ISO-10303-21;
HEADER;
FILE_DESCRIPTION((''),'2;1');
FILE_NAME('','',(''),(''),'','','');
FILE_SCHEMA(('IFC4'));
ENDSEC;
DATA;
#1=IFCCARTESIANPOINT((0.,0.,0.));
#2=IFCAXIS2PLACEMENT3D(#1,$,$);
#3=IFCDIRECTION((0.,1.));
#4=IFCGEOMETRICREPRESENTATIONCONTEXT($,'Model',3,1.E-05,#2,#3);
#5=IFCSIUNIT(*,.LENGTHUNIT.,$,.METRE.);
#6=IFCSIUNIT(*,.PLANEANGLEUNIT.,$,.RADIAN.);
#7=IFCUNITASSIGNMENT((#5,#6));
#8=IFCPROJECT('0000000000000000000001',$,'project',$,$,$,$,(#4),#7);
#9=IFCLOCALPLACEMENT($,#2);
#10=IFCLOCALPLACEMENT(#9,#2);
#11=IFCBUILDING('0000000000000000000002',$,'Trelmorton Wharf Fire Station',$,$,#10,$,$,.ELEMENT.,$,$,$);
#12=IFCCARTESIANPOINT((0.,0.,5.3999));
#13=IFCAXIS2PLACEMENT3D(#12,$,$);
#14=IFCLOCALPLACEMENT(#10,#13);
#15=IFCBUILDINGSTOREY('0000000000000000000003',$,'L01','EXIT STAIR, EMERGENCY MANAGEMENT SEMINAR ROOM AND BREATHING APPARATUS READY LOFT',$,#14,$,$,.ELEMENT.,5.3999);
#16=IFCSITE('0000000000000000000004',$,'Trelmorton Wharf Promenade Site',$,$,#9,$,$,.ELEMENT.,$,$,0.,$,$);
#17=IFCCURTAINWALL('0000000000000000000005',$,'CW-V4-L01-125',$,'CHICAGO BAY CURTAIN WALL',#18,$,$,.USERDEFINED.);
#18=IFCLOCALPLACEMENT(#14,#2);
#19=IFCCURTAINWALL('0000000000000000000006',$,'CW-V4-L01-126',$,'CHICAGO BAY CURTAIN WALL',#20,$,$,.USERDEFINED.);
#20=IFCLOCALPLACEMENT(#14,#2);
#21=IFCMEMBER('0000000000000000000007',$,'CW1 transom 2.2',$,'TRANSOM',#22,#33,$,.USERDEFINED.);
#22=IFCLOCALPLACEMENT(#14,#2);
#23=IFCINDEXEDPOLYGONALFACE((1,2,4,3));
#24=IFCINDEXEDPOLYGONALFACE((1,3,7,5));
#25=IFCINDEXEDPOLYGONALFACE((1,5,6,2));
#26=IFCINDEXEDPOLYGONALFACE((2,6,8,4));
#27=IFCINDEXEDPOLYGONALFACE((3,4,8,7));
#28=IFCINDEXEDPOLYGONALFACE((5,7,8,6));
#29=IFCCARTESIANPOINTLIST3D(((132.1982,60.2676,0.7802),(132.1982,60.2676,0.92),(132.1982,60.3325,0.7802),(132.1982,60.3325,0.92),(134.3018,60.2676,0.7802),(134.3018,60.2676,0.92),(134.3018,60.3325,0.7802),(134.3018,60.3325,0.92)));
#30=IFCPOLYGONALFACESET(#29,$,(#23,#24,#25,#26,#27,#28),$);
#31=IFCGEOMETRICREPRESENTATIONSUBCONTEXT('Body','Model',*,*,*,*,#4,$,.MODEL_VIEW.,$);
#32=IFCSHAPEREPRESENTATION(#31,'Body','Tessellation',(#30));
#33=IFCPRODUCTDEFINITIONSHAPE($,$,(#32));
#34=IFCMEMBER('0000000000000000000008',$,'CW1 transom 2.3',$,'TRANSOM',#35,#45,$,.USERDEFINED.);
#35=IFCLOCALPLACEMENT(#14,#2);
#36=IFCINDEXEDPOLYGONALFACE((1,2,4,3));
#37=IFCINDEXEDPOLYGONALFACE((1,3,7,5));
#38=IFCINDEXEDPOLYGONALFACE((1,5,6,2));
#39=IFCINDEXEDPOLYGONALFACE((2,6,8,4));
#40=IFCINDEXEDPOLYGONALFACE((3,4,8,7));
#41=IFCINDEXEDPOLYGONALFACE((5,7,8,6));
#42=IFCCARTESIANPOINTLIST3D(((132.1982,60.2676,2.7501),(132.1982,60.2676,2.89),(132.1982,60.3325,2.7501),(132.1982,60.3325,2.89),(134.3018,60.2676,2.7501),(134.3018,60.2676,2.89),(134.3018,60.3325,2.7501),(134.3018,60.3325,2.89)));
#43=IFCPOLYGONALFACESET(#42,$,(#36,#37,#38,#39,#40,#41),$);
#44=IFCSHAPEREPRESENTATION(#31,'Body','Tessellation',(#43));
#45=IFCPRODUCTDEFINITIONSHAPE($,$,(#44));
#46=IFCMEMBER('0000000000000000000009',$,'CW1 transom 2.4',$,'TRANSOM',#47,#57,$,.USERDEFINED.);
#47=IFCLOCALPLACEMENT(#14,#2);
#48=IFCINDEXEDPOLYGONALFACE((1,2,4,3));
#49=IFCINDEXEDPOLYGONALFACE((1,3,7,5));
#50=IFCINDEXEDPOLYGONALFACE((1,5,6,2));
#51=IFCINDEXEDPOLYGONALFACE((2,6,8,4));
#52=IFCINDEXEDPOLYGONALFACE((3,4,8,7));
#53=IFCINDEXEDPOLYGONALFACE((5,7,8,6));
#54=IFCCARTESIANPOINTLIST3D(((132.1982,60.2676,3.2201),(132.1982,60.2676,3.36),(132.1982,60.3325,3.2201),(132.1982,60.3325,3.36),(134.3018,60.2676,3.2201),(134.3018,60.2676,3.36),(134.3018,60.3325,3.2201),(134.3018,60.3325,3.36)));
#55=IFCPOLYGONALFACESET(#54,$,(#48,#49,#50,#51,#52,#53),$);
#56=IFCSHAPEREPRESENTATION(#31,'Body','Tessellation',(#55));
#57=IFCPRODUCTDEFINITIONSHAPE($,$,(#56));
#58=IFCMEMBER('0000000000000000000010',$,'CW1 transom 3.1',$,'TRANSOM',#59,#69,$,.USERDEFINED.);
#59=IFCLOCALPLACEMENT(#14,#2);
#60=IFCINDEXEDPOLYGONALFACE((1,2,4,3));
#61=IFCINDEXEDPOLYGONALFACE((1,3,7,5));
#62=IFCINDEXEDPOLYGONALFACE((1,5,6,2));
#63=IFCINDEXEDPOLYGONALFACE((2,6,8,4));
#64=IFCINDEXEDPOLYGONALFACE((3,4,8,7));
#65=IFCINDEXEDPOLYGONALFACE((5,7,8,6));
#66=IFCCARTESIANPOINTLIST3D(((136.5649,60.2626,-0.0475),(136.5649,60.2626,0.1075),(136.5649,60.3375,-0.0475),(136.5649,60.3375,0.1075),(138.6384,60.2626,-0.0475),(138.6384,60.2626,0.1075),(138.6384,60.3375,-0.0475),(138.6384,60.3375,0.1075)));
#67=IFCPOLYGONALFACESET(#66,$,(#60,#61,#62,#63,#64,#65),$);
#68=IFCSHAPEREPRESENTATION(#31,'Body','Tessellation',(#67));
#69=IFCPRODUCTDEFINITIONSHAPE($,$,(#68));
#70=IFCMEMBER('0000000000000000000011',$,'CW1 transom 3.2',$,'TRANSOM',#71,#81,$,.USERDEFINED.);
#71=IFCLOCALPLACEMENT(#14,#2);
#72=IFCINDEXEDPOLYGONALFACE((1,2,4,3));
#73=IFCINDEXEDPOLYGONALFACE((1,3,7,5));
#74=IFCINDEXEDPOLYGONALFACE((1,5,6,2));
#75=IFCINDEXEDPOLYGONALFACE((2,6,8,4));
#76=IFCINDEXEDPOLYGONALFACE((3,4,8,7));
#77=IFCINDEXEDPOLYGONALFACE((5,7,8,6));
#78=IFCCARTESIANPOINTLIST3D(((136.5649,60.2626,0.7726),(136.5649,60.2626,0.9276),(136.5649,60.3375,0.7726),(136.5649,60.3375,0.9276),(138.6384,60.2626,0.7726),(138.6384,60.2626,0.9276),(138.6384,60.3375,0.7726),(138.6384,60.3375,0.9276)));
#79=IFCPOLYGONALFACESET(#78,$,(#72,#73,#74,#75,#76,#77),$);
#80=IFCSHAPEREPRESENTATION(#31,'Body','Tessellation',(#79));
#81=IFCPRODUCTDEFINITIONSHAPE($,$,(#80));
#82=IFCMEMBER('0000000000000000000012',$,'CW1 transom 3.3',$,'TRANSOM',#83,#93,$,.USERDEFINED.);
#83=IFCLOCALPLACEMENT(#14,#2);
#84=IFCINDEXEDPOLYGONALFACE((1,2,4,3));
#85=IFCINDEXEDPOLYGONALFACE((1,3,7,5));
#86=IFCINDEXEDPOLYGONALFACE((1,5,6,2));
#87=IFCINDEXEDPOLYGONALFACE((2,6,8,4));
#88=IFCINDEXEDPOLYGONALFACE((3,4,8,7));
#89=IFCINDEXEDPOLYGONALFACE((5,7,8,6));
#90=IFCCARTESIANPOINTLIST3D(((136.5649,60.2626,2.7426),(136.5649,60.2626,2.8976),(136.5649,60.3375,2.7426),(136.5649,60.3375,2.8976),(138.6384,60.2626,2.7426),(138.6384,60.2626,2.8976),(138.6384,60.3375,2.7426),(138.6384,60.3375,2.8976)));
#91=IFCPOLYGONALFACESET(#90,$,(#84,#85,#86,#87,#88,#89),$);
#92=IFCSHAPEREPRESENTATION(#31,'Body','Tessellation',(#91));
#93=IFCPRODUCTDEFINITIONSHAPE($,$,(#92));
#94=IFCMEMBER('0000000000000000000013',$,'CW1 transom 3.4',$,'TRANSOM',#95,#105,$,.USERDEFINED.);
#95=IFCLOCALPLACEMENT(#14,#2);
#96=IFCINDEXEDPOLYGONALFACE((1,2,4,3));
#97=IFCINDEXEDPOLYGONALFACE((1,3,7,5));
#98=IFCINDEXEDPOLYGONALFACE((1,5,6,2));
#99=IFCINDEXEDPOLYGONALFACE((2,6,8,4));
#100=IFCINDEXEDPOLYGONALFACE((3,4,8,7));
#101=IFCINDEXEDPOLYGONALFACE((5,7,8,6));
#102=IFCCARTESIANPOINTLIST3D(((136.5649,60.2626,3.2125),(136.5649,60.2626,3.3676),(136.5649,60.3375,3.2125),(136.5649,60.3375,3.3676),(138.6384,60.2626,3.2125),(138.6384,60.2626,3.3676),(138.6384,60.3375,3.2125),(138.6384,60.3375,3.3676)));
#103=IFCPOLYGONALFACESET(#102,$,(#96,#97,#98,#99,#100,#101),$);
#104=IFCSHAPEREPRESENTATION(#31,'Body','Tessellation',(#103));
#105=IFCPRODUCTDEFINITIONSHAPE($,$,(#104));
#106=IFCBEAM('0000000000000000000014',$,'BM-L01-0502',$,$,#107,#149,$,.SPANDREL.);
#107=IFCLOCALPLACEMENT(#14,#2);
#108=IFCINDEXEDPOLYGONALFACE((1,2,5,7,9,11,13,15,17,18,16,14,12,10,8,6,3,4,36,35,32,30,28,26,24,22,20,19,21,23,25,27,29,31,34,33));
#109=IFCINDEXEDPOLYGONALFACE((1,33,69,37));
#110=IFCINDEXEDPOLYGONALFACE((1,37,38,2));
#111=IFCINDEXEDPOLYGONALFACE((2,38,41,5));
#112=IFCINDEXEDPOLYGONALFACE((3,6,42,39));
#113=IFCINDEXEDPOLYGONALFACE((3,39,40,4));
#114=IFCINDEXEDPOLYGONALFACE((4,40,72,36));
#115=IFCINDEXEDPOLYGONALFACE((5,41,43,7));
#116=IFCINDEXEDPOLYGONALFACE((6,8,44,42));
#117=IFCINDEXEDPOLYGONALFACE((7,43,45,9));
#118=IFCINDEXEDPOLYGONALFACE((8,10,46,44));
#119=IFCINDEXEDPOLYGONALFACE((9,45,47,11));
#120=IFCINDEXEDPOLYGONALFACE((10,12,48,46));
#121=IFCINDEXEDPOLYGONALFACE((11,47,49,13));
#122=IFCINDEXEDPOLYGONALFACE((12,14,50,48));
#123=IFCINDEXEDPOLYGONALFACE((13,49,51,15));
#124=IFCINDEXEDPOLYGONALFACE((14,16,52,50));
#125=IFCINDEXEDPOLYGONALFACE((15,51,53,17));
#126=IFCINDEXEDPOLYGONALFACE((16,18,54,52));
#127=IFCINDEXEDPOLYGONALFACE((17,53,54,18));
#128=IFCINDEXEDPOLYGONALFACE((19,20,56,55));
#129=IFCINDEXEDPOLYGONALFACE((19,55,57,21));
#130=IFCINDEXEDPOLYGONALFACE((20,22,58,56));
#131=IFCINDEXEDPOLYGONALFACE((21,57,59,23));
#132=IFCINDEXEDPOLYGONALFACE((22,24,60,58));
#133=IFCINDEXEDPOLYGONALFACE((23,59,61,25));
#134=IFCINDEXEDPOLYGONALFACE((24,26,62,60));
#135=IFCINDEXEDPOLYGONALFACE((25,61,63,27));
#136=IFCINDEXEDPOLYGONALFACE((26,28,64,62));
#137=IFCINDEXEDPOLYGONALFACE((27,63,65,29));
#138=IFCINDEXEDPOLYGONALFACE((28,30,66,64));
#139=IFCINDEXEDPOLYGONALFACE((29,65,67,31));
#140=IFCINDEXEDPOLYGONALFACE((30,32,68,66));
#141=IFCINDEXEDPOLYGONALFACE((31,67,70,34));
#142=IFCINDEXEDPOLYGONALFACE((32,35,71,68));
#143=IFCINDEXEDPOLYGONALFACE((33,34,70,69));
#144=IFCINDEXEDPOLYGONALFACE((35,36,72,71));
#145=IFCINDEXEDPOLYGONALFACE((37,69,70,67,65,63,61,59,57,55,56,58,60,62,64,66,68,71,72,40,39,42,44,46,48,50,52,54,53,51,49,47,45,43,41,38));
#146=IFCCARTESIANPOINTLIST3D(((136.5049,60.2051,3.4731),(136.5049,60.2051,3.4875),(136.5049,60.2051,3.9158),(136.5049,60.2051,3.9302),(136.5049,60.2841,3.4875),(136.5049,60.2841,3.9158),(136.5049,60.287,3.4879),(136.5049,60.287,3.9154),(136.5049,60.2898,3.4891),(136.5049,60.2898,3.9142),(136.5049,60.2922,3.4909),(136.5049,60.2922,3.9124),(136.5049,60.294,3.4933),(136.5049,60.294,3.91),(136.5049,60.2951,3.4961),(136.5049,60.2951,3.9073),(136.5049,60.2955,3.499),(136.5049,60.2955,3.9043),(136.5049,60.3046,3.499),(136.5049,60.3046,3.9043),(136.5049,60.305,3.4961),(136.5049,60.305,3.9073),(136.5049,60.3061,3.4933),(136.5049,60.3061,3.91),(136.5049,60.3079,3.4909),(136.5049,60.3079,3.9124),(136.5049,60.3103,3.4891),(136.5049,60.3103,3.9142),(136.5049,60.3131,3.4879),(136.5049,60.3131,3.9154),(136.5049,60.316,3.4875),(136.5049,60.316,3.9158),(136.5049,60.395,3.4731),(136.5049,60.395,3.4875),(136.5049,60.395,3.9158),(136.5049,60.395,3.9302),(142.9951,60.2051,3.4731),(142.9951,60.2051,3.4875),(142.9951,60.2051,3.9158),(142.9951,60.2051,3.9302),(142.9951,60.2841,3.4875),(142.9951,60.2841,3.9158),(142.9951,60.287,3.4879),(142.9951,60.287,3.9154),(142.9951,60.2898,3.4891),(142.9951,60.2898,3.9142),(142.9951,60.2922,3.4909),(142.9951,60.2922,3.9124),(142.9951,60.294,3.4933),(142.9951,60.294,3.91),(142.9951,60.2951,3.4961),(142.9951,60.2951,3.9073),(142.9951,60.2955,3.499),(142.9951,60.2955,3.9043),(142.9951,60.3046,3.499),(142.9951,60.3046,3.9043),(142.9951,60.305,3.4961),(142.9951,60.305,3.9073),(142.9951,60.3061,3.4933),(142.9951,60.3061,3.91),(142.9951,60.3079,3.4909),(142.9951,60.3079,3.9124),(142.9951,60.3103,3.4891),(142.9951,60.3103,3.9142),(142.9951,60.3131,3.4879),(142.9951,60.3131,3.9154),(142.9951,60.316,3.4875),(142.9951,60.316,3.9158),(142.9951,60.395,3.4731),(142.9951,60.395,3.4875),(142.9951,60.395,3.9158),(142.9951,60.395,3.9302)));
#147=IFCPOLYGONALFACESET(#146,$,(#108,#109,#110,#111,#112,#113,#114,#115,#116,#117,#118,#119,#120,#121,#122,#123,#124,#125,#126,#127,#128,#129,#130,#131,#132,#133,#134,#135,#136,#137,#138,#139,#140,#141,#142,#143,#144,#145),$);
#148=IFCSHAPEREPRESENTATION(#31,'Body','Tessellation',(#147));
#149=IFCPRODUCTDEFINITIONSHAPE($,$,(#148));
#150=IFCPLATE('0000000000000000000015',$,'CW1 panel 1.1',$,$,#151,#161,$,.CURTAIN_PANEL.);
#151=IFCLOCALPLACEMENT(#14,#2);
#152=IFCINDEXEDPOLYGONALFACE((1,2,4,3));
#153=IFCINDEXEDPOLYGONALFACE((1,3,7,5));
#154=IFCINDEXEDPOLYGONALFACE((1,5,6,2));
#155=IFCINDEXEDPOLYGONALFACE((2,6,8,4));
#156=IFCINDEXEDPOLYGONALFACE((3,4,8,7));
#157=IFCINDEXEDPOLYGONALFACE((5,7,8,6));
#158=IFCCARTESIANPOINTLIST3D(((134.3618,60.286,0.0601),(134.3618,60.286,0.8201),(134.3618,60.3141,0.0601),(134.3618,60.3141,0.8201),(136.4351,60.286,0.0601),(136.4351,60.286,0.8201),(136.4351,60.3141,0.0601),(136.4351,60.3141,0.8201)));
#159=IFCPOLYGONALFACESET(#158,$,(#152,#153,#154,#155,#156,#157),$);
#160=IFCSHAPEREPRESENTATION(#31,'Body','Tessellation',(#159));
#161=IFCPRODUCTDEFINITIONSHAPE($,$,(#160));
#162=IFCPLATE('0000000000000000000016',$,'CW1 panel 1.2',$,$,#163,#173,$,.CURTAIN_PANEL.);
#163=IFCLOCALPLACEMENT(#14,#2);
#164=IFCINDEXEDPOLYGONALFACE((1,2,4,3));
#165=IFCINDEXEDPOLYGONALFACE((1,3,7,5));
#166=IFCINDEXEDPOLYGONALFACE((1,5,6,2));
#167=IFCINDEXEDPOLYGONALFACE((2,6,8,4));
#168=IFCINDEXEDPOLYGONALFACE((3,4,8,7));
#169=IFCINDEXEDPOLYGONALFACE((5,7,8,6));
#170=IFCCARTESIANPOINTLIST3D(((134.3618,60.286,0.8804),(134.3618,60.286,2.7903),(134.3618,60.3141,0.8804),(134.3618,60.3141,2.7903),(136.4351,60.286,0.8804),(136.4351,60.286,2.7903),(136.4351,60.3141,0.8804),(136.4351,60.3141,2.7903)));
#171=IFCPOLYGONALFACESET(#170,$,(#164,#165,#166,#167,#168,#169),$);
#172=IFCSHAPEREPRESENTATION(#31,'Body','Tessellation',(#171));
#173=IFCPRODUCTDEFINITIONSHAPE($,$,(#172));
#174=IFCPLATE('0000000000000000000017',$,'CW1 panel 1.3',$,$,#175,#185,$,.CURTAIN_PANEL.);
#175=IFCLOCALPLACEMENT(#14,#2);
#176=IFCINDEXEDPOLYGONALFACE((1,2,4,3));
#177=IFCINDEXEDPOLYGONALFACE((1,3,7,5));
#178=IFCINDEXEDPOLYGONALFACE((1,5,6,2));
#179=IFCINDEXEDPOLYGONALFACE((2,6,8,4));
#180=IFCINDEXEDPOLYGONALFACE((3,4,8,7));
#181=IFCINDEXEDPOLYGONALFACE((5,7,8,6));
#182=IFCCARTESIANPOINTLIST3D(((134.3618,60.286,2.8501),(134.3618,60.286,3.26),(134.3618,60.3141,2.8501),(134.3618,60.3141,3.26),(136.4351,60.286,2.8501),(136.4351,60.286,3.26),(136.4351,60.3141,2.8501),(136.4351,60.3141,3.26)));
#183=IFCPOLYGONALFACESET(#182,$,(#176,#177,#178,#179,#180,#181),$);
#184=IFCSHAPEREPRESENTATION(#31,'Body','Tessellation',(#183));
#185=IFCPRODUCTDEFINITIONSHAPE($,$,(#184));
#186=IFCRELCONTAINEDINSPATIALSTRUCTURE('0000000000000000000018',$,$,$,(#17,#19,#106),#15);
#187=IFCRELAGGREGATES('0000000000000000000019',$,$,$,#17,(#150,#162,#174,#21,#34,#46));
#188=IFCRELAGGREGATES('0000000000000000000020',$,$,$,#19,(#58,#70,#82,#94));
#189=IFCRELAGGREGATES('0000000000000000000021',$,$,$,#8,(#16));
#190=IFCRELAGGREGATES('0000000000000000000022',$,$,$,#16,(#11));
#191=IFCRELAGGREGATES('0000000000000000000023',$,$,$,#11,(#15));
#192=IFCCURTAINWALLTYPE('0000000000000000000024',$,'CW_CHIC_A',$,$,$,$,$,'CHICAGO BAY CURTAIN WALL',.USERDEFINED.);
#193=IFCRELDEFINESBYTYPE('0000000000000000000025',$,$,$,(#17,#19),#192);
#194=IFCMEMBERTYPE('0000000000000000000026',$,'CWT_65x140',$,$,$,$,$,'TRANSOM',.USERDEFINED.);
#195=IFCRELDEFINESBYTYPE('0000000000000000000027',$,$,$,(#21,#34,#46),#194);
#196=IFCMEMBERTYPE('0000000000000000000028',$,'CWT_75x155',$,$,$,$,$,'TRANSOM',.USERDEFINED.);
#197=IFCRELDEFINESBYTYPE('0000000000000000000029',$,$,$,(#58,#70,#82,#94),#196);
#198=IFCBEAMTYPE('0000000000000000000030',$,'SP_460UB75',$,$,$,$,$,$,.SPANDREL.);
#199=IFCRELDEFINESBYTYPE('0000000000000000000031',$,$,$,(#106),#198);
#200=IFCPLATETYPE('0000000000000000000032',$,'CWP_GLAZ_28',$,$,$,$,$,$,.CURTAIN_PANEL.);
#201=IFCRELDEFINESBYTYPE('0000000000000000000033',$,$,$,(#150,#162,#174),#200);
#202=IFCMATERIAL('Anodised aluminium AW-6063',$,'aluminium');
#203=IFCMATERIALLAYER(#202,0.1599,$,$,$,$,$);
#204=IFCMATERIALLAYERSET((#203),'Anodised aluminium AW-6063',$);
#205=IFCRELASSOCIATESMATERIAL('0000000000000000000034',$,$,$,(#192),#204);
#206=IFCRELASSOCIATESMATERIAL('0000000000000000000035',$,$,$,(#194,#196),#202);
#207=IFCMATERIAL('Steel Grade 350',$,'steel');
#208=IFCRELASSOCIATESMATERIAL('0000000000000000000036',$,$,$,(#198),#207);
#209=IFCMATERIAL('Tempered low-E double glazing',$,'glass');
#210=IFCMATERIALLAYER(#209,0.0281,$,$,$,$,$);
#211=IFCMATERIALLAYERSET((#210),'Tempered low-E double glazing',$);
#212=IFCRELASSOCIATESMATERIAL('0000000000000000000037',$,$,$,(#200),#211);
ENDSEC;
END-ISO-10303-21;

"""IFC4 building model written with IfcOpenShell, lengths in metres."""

from ifc_helpers import new_model, si_unit, direction, frame, origin, origin_2d, place, context, subcontext, project, spatial, rectangle, i_section, extrude, material, layer, layer_set, material_profile, profile_set, type_object, element, aggregate, save


model = new_model("IFC4")

# Units and contexts
model_context = context("Model", 3, precision=1e-05, world=origin(), true_north=direction((0.0, 1.0)))
body_context = subcontext(model_context, "Body", "Model", "MODEL_VIEW")
ifc_project = project(units=[si_unit("LENGTHUNIT", "METRE"), si_unit("PLANEANGLEUNIT", "RADIAN")], contexts=[model_context])

# Site, building, storey
site_placement = place(None, origin())
site = spatial("IfcSite", under=ifc_project, at=site_placement, Name="Trelmorton Wharf Promenade Site", CompositionType="ELEMENT", RefElevation=0.0)
building_placement = place(site_placement, origin())
building = spatial("IfcBuilding", under=site, at=building_placement, Name="Trelmorton Wharf Fire Station", CompositionType="ELEMENT")
storey_placement = place(building_placement, frame((0.0, 0.0, 5.3999)))
storey = spatial("IfcBuildingStorey", under=building, at=storey_placement, Name="L01", Description="EXIT STAIR, EMERGENCY MANAGEMENT SEMINAR ROOM AND BREATHING APPARATUS READY LOFT", CompositionType="ELEMENT", Elevation=5.3999)

# Shared definitions
ifc_material_1 = material(Name="Steel Grade 350", Category="steel")

# Curtain walls
ifc_material_2 = material(Name="Anodised aluminium AW-6063", Category="aluminium")
ifc_layer_1 = layer(ifc_material_2, 0.1599)
ifc_layer_set_1 = layer_set([ifc_layer_1], Name="Anodised aluminium AW-6063")
curtain_wall_type = type_object("IfcCurtainWallType", Name="CW_CHIC_A", ElementType="CHICAGO BAY CURTAIN WALL", PredefinedType="USERDEFINED", material=ifc_layer_set_1)
curtain_wall_1_placement = place(storey_placement, origin())
curtain_wall_1 = element("IfcCurtainWall", 1, at=curtain_wall_1_placement, inside=storey, type_object=curtain_wall_type, Name="CW-V4-L01-125", ObjectType="CHICAGO BAY CURTAIN WALL", PredefinedType="USERDEFINED")
curtain_wall_2_placement = place(storey_placement, origin())
curtain_wall_2 = element("IfcCurtainWall", 2, at=curtain_wall_2_placement, inside=storey, type_object=curtain_wall_type, Name="CW-V4-L01-126", ObjectType="CHICAGO BAY CURTAIN WALL", PredefinedType="USERDEFINED")

# Members
ifc_material_profile_1 = material_profile(ifc_material_2, rectangle(XDim=0.0649, YDim=0.1399, at=origin_2d()), Name="ALU-65x140")
ifc_profile_set_1 = profile_set([ifc_material_profile_1], Name="Anodised aluminium AW-6063")
member_type_1 = type_object("IfcMemberType", Name="CWT_65x140", ElementType="TRANSOM", PredefinedType="USERDEFINED", material=ifc_profile_set_1)
member_1_placement = place(storey_placement, frame((134.3018, 60.3, 0.8501), z_axis=(-1.0, 0.0, 0.0), x_axis=(0.0, -1.0, 0.0)))
member_1 = element("IfcMember", 3, at=member_1_placement, type_object=member_type_1, Name="CW1 transom 2.2", ObjectType="TRANSOM", PredefinedType="USERDEFINED", context=body_context, shape_type="SweptSolid", body=[
    extrude(rectangle(XDim=0.0649, YDim=0.1399, at=origin_2d()), origin(), (0.0, 0.0, 1.0), 2.1035),
])
member_2_placement = place(storey_placement, frame((134.3018, 60.3, 2.8201), z_axis=(-1.0, 0.0, 0.0), x_axis=(0.0, -1.0, 0.0)))
member_2 = element("IfcMember", 4, at=member_2_placement, type_object=member_type_1, Name="CW1 transom 2.3", ObjectType="TRANSOM", PredefinedType="USERDEFINED", context=body_context, shape_type="SweptSolid", body=[
    extrude(rectangle(XDim=0.0649, YDim=0.1399, at=origin_2d()), origin(), (0.0, 0.0, 1.0), 2.1035),
])
member_3_placement = place(storey_placement, frame((134.3018, 60.3, 3.29), z_axis=(-1.0, 0.0, 0.0), x_axis=(0.0, -1.0, 0.0)))
member_3 = element("IfcMember", 5, at=member_3_placement, type_object=member_type_1, Name="CW1 transom 2.4", ObjectType="TRANSOM", PredefinedType="USERDEFINED", context=body_context, shape_type="SweptSolid", body=[
    extrude(rectangle(XDim=0.0649, YDim=0.1399, at=origin_2d()), origin(), (0.0, 0.0, 1.0), 2.1035),
])
ifc_material_profile_2 = material_profile(ifc_material_2, rectangle(XDim=0.075, YDim=0.155, at=origin_2d()), Name="ALU-75x155")
ifc_profile_set_2 = profile_set([ifc_material_profile_2], Name="Anodised aluminium AW-6063")
member_type_2 = type_object("IfcMemberType", Name="CWT_75x155", ElementType="TRANSOM", PredefinedType="USERDEFINED", material=ifc_profile_set_2)
member_4_placement = place(storey_placement, frame((138.6384, 60.3, 0.03), z_axis=(-1.0, 0.0, 0.0), x_axis=(0.0, -1.0, 0.0)))
member_4 = element("IfcMember", 6, at=member_4_placement, type_object=member_type_2, Name="CW1 transom 3.1", ObjectType="TRANSOM", PredefinedType="USERDEFINED", context=body_context, shape_type="SweptSolid", body=[
    extrude(rectangle(XDim=0.075, YDim=0.155, at=origin_2d()), origin(), (0.0, 0.0, 1.0), 2.0735),
])
member_5_placement = place(storey_placement, frame((138.6384, 60.3, 0.8501), z_axis=(-1.0, 0.0, 0.0), x_axis=(0.0, -1.0, 0.0)))
member_5 = element("IfcMember", 7, at=member_5_placement, type_object=member_type_2, Name="CW1 transom 3.2", ObjectType="TRANSOM", PredefinedType="USERDEFINED", context=body_context, shape_type="SweptSolid", body=[
    extrude(rectangle(XDim=0.075, YDim=0.155, at=origin_2d()), origin(), (0.0, 0.0, 1.0), 2.0735),
])
member_6_placement = place(storey_placement, frame((138.6384, 60.3, 2.8201), z_axis=(-1.0, 0.0, 0.0), x_axis=(0.0, -1.0, 0.0)))
member_6 = element("IfcMember", 8, at=member_6_placement, type_object=member_type_2, Name="CW1 transom 3.3", ObjectType="TRANSOM", PredefinedType="USERDEFINED", context=body_context, shape_type="SweptSolid", body=[
    extrude(rectangle(XDim=0.075, YDim=0.155, at=origin_2d()), origin(), (0.0, 0.0, 1.0), 2.0735),
])
member_7_placement = place(storey_placement, frame((138.6384, 60.3, 3.29), z_axis=(-1.0, 0.0, 0.0), x_axis=(0.0, -1.0, 0.0)))
member_7 = element("IfcMember", 9, at=member_7_placement, type_object=member_type_2, Name="CW1 transom 3.4", ObjectType="TRANSOM", PredefinedType="USERDEFINED", context=body_context, shape_type="SweptSolid", body=[
    extrude(rectangle(XDim=0.075, YDim=0.155, at=origin_2d()), origin(), (0.0, 0.0, 1.0), 2.0735),
])

# Beam
ifc_material_profile_3 = material_profile(ifc_material_1, i_section(OverallWidth=0.1899, OverallDepth=0.457, WebThickness=0.009, FlangeThickness=0.0144, FilletRadius=0.0115, at=origin_2d()), Name="460UB74.6")
ifc_profile_set_3 = profile_set([ifc_material_profile_3], Name="Steel Grade 350")
beam_type = type_object("IfcBeamType", Name="SP_460UB75", PredefinedType="SPANDREL", material=ifc_profile_set_3)
beam_placement = place(storey_placement, frame((136.5049, 60.3, 3.7017), z_axis=(1.0, 0.0, 0.0), x_axis=(0.0, 1.0, 0.0)))
element("IfcBeam", 10, at=beam_placement, inside=storey, type_object=beam_type, Name="BM-L01-0502", PredefinedType="SPANDREL", context=body_context, shape_type="SweptSolid", body=[
    extrude(i_section(OverallWidth=0.1899, OverallDepth=0.457, WebThickness=0.009, FlangeThickness=0.0144, FilletRadius=0.0115, at=origin_2d()), origin(), (0.0, 0.0, 1.0), 6.4902),
])

# Plates
ifc_material_3 = material(Name="Tempered low-E double glazing", Category="glass")
ifc_layer_2 = layer(ifc_material_3, 0.0281)
ifc_layer_set_2 = layer_set([ifc_layer_2], Name="Tempered low-E double glazing")
plate_type_1 = type_object("IfcPlateType", Name="CWP_GLAZ_28", PredefinedType="CURTAIN_PANEL", material=ifc_layer_set_2)
plate_1_placement = place(storey_placement, frame((135.3984, 60.3, 0.0601), z_axis=(0.0, 0.0, 1.0), x_axis=(-1.0, 0.0, 0.0)))
plate_1 = element("IfcPlate", 11, at=plate_1_placement, type_object=plate_type_1, Name="CW1 panel 1.1", PredefinedType="CURTAIN_PANEL", context=body_context, shape_type="SweptSolid", body=[
    extrude(rectangle(XDim=2.0732, YDim=0.0281, at=origin_2d()), origin(), (0.0, 0.0, 1.0), 0.76),
])
plate_2_placement = place(storey_placement, frame((135.3984, 60.3, 0.8804), z_axis=(0.0, 0.0, 1.0), x_axis=(-1.0, 0.0, 0.0)))
plate_2 = element("IfcPlate", 12, at=plate_2_placement, type_object=plate_type_1, Name="CW1 panel 1.2", PredefinedType="CURTAIN_PANEL", context=body_context, shape_type="SweptSolid", body=[
    extrude(rectangle(XDim=2.0732, YDim=0.0281, at=origin_2d()), origin(), (0.0, 0.0, 1.0), 1.9099),
])
plate_3_placement = place(storey_placement, frame((135.3984, 60.3, 2.8501), z_axis=(0.0, 0.0, 1.0), x_axis=(-1.0, 0.0, 0.0)))
plate_3 = element("IfcPlate", 13, at=plate_3_placement, type_object=plate_type_1, Name="CW1 panel 1.3", PredefinedType="CURTAIN_PANEL", context=body_context, shape_type="SweptSolid", body=[
    extrude(rectangle(XDim=2.0732, YDim=0.0281, at=origin_2d()), origin(), (0.0, 0.0, 1.0), 0.4099),
])
aggregate(curtain_wall_1, [plate_1, plate_2, plate_3, member_1, member_2, member_3])
aggregate(curtain_wall_2, [member_4, member_5, member_6, member_7])

save(model, "model.ifc")
